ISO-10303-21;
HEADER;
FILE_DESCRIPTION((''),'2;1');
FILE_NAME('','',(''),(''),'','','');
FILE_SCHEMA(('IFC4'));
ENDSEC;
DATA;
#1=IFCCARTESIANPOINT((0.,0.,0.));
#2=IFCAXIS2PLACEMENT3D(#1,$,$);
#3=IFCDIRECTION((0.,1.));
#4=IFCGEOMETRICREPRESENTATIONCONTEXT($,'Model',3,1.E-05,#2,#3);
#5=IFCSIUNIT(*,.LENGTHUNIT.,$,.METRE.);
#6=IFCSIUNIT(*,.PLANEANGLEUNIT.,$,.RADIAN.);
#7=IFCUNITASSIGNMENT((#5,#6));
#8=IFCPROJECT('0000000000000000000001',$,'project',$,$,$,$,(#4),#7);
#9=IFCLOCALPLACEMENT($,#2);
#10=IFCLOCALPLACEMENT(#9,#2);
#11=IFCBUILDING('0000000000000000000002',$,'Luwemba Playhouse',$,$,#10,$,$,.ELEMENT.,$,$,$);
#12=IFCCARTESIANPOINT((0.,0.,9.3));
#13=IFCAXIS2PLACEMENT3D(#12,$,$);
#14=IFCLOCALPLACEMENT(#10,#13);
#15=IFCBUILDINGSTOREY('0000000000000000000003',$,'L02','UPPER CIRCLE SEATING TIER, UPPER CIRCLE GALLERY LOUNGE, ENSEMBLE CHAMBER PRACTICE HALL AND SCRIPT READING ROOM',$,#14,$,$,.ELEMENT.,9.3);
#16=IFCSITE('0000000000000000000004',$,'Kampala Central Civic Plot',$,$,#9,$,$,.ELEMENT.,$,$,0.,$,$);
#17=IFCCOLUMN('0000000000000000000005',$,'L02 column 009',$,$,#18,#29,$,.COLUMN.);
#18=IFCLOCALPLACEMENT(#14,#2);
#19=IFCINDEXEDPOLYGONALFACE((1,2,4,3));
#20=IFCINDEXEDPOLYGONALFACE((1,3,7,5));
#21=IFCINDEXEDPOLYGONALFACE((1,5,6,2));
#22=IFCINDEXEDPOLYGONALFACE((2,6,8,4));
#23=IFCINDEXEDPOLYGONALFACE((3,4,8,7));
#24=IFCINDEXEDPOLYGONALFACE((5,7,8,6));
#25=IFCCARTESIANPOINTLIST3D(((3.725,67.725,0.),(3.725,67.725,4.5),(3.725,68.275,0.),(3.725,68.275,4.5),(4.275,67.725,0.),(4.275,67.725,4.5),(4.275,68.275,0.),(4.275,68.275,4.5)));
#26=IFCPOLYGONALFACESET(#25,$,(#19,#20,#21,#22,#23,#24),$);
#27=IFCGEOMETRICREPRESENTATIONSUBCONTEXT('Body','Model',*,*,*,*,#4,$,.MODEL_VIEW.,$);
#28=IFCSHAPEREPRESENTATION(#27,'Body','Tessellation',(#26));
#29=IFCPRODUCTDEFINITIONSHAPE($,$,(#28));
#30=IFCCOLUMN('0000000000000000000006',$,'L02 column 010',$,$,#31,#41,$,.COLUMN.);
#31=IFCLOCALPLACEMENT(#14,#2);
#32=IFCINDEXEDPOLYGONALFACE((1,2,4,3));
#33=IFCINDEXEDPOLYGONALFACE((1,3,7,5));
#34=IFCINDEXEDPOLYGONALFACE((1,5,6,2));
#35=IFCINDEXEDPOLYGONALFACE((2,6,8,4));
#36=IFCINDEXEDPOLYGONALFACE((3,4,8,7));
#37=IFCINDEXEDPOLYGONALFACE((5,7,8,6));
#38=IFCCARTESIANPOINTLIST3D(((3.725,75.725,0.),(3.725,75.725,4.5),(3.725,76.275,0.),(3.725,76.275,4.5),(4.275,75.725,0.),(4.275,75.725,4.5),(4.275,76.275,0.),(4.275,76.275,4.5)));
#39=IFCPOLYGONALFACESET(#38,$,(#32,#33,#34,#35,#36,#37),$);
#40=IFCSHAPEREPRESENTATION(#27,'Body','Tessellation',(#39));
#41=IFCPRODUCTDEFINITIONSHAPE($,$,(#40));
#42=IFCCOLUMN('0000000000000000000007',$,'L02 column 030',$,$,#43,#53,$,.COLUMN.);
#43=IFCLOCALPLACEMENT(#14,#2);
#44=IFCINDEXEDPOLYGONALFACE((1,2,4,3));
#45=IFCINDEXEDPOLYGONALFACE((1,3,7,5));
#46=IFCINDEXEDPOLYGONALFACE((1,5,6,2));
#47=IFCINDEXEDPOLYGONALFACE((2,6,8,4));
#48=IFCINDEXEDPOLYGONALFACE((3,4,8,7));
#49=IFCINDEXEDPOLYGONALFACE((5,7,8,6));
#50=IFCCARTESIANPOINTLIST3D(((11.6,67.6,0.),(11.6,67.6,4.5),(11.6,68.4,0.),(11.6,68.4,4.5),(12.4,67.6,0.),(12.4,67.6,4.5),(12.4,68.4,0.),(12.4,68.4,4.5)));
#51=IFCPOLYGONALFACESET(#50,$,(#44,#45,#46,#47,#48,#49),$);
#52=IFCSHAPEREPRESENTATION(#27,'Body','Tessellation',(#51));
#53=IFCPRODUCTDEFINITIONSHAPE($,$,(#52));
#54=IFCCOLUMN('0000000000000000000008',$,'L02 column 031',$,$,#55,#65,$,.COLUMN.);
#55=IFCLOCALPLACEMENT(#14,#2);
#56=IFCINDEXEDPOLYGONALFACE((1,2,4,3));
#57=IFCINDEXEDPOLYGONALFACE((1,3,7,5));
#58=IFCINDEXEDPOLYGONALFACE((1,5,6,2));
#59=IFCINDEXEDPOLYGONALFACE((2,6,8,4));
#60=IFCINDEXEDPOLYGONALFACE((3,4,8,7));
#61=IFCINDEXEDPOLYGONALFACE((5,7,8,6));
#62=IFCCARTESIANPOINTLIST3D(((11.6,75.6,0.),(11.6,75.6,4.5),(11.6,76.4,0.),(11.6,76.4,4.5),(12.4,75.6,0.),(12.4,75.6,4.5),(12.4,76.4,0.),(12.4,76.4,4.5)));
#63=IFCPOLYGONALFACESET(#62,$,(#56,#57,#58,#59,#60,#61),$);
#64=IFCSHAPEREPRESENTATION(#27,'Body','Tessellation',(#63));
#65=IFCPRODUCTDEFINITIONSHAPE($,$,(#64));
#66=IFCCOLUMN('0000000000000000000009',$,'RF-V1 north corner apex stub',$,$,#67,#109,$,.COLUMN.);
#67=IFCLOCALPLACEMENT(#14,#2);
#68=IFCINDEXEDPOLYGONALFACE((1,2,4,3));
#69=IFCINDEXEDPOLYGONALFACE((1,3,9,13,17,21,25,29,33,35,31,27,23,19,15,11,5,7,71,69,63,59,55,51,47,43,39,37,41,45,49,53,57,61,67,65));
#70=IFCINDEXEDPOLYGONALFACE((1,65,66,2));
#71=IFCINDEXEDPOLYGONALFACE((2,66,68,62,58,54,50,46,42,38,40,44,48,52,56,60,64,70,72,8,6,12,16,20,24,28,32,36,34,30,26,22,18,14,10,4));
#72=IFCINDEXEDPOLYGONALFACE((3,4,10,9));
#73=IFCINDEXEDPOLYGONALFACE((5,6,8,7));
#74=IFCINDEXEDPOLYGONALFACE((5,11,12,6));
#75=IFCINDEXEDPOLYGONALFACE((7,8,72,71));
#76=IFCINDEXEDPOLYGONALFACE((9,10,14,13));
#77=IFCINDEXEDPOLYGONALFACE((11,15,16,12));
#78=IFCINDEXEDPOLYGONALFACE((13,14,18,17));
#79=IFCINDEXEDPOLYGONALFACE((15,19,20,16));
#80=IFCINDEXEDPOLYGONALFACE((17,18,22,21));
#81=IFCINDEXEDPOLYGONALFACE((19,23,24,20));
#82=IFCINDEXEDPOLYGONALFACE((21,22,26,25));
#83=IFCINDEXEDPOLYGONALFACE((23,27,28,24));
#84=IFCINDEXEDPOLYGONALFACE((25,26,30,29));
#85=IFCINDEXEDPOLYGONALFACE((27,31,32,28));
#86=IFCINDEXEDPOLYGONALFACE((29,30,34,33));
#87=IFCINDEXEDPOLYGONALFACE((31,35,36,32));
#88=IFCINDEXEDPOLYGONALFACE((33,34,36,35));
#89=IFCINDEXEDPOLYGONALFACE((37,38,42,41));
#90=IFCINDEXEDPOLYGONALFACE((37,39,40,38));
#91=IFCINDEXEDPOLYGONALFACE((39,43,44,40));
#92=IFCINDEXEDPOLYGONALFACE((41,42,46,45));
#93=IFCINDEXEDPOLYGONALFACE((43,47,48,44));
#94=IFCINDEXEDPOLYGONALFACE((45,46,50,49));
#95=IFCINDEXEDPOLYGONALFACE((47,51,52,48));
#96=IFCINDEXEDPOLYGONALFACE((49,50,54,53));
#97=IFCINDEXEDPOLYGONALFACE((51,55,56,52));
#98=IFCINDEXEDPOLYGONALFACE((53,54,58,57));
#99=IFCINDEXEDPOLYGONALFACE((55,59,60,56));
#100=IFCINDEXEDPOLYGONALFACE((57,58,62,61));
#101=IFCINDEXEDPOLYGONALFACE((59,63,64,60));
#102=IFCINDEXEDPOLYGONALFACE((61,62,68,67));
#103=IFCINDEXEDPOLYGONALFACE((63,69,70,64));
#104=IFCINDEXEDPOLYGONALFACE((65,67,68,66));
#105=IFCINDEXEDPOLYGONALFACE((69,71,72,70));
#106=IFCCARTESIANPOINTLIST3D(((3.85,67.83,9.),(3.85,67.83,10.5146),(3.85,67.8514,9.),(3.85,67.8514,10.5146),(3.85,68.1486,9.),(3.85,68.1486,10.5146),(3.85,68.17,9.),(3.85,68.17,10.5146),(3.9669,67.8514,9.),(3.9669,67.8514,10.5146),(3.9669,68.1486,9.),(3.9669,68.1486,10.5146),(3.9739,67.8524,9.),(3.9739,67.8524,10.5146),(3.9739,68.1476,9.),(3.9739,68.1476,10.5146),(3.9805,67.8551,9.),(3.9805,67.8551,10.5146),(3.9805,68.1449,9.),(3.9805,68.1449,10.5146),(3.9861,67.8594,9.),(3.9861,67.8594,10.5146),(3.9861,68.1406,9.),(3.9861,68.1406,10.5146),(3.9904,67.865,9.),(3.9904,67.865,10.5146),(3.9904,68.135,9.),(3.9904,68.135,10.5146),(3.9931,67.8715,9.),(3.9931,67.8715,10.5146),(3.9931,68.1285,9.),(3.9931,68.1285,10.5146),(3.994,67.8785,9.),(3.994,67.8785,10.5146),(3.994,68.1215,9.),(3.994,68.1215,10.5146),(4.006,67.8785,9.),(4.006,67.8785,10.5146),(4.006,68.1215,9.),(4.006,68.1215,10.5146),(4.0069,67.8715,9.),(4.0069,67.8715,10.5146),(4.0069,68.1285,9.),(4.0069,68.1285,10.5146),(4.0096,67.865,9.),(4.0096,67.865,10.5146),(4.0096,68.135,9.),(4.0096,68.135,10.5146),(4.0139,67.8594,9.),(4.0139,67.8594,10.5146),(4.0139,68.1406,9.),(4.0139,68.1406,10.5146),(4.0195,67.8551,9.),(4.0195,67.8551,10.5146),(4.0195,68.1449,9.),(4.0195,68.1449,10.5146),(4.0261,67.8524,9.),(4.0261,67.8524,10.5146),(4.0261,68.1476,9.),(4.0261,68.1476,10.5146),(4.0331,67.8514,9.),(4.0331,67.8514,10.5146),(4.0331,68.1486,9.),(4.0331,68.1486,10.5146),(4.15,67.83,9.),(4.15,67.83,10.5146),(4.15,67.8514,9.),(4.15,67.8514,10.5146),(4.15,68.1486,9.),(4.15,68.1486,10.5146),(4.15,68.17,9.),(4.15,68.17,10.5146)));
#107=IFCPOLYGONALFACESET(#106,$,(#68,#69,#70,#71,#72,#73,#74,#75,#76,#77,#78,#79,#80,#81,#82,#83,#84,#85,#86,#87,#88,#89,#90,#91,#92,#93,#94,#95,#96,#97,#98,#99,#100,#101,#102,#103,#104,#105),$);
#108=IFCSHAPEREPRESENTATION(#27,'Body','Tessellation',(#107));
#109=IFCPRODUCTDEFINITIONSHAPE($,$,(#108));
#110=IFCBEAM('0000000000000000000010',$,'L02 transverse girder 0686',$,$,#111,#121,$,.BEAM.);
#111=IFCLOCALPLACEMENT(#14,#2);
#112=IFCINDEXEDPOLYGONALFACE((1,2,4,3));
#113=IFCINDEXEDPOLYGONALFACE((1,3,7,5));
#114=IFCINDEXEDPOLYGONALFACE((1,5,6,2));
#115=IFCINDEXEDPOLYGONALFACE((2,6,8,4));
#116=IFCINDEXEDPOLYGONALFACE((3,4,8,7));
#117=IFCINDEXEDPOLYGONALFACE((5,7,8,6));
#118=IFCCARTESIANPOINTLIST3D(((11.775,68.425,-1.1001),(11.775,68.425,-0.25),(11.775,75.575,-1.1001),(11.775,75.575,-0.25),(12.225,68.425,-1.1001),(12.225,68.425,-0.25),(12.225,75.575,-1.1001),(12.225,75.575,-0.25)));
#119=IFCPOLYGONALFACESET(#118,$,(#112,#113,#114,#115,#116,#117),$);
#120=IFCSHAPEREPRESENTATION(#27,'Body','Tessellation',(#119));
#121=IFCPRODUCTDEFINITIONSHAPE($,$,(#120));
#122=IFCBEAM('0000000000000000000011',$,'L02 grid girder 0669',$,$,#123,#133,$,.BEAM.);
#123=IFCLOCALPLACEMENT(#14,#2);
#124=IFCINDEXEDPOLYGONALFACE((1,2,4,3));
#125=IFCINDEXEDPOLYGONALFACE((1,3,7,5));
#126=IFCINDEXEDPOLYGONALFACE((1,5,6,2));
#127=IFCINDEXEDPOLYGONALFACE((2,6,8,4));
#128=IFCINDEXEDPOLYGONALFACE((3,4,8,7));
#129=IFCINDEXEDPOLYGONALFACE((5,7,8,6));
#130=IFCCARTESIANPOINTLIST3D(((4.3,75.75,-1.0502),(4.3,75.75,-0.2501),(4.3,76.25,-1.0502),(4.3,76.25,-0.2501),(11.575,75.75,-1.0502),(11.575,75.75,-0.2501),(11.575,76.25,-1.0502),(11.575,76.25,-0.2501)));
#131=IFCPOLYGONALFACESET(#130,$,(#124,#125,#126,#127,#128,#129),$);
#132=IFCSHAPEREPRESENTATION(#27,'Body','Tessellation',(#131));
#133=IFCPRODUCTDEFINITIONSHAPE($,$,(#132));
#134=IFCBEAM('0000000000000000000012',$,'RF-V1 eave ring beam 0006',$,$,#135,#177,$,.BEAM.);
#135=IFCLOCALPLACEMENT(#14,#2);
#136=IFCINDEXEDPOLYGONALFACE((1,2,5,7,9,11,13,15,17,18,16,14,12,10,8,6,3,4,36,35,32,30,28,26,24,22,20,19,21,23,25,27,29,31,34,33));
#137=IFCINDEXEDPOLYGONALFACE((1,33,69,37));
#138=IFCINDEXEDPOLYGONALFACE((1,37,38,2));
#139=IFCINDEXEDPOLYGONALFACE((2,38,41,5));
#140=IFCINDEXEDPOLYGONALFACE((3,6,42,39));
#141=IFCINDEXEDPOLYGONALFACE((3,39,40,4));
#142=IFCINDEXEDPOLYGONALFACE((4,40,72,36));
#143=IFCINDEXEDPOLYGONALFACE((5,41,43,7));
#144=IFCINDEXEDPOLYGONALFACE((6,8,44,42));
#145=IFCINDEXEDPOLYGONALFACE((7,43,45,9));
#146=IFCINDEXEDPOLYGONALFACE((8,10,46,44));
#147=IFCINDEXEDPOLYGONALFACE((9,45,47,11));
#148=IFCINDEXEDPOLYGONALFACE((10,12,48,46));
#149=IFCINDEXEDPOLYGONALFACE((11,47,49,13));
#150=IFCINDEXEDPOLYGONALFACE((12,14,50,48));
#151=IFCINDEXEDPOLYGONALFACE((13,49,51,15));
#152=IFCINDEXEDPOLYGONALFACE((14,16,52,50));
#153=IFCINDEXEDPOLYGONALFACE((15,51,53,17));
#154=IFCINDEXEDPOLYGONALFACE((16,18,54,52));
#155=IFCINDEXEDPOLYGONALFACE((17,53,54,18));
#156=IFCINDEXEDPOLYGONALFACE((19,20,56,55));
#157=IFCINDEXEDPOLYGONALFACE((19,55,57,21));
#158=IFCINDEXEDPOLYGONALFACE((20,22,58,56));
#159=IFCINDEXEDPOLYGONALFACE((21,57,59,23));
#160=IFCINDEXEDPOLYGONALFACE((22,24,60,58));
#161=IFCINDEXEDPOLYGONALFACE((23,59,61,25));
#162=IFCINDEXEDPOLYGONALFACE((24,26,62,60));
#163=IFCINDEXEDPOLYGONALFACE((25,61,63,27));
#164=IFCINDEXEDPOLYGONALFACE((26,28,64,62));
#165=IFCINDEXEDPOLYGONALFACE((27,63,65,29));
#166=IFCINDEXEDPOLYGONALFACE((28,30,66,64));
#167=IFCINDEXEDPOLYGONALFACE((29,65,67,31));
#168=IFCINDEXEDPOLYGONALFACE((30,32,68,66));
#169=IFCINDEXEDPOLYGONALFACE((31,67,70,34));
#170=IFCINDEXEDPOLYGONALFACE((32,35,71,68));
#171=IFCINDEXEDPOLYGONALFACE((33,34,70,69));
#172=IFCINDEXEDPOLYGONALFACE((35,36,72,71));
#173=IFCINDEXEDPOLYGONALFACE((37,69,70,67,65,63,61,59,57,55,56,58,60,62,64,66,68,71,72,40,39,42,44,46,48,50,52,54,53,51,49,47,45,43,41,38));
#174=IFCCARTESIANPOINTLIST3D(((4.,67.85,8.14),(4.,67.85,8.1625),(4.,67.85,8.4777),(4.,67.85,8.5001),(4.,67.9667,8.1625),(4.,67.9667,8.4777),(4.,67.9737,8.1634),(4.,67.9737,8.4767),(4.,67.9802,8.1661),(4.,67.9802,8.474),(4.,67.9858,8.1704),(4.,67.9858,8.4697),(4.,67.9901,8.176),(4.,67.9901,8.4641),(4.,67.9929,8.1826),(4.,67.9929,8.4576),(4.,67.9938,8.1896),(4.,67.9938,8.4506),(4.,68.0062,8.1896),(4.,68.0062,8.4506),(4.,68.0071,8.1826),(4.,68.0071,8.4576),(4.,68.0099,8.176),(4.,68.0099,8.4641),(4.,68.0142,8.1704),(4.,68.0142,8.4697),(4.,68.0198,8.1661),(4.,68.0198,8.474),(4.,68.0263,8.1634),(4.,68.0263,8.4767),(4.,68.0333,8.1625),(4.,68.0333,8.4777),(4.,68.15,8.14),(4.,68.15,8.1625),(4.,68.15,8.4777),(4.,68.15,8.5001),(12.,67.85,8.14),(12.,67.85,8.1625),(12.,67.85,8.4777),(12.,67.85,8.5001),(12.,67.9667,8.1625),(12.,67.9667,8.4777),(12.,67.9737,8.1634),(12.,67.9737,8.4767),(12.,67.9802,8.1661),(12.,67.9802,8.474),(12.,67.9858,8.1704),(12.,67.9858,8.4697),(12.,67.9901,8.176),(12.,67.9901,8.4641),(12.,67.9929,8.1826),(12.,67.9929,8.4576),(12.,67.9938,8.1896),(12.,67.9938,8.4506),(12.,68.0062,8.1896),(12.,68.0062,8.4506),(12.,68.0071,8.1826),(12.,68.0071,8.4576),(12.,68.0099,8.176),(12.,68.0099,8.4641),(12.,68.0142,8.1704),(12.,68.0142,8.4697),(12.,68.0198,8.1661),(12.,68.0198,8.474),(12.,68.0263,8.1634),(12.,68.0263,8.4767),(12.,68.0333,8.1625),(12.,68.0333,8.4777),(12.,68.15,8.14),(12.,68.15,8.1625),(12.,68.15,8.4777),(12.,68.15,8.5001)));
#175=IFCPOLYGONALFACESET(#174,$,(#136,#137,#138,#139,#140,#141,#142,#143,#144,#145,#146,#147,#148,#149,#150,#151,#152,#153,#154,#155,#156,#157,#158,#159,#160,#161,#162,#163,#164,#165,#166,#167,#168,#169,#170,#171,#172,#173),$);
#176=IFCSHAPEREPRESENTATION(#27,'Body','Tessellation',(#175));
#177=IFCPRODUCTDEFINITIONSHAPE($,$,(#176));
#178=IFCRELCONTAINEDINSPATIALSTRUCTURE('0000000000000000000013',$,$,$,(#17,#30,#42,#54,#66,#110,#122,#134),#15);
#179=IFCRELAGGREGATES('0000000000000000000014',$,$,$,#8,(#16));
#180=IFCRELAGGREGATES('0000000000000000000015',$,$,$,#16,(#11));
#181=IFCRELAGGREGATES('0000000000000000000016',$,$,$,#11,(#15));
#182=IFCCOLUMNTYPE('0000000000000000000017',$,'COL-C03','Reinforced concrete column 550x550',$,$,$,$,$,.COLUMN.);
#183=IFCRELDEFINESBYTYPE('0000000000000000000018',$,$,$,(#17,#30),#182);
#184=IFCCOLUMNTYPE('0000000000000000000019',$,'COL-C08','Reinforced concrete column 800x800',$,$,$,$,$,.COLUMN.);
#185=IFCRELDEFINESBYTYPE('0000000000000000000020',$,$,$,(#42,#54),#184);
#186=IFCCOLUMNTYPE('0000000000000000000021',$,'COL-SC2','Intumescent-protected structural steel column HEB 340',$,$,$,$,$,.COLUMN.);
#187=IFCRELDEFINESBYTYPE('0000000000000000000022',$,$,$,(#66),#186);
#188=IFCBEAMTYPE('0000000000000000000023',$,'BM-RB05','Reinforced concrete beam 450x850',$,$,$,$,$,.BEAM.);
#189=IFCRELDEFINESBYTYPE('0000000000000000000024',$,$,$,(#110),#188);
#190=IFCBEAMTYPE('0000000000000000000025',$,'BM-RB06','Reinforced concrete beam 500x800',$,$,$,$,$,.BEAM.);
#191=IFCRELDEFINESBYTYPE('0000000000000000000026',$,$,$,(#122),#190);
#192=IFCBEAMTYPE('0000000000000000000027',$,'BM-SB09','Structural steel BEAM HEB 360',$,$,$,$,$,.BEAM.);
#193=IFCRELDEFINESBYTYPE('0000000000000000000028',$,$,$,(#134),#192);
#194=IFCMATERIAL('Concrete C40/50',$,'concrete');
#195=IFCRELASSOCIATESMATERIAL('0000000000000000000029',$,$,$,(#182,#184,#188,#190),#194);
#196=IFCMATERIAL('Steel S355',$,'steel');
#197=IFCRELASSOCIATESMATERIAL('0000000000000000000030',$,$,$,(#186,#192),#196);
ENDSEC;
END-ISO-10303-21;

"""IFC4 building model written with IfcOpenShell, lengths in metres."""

from ifc_helpers import new_model, si_unit, direction, frame, origin, origin_2d, place, context, subcontext, project, spatial, rectangle, i_section, extrude, material, material_profile, profile_set, type_object, element, save


model = new_model("IFC4")

# Units and contexts
model_context = context("Model", 3, precision=1e-05, world=origin(), true_north=direction((0.0, 1.0)))
body_context = subcontext(model_context, "Body", "Model", "MODEL_VIEW")
ifc_project = project(units=[si_unit("LENGTHUNIT", "METRE"), si_unit("PLANEANGLEUNIT", "RADIAN")], contexts=[model_context])

# Site, building, storey
site_placement = place(None, origin())
site = spatial("IfcSite", under=ifc_project, at=site_placement, Name="Kampala Central Civic Plot", CompositionType="ELEMENT", RefElevation=0.0)
building_placement = place(site_placement, origin())
building = spatial("IfcBuilding", under=site, at=building_placement, Name="Luwemba Playhouse", CompositionType="ELEMENT")
storey_placement = place(building_placement, frame((0.0, 0.0, 9.3)))
storey = spatial("IfcBuildingStorey", under=building, at=storey_placement, Name="L02", Description="UPPER CIRCLE SEATING TIER, UPPER CIRCLE GALLERY LOUNGE, ENSEMBLE CHAMBER PRACTICE HALL AND SCRIPT READING ROOM", CompositionType="ELEMENT", Elevation=9.3)

# Columns
ifc_material_1 = material(Name="Concrete C40/50", Category="concrete")
ifc_material_profile_1 = material_profile(ifc_material_1, rectangle(XDim=0.55, YDim=0.55, at=origin_2d()))
ifc_profile_set_1 = profile_set([ifc_material_profile_1], Name="Concrete C40/50")
column_type_1 = type_object("IfcColumnType", Name="COL-C03", Description="Reinforced concrete column 550x550", PredefinedType="COLUMN", material=ifc_profile_set_1)
for number, where, z_axis, x_axis, name in (
    (1, (4.0, 68.0, 0.0), (0.0, 0.0, 1.0), (1.0, 0.0, 0.0), "L02 column 009"),
    (2, (4.0, 76.0, 0.0), (0.0, 0.0, 1.0), (1.0, 0.0, 0.0), "L02 column 010"),
):
    element("IfcColumn", number, at=place(storey_placement, frame(where, z_axis=z_axis, x_axis=x_axis)), inside=storey, type_object=column_type_1, Name=name, PredefinedType="COLUMN", context=body_context, shape_type="SweptSolid", body=[
        extrude(rectangle(XDim=0.55, YDim=0.55, at=origin_2d()), origin(), (0.0, 0.0, 1.0), 4.5),
    ])
ifc_material_profile_2 = material_profile(ifc_material_1, rectangle(XDim=0.8, YDim=0.8, at=origin_2d()))
ifc_profile_set_2 = profile_set([ifc_material_profile_2], Name="Concrete C40/50")
column_type_2 = type_object("IfcColumnType", Name="COL-C08", Description="Reinforced concrete column 800x800", PredefinedType="COLUMN", material=ifc_profile_set_2)
for number, where, z_axis, x_axis, name in (
    (3, (12.0, 68.0, 0.0), (0.0, 0.0, 1.0), (1.0, 0.0, 0.0), "L02 column 030"),
    (4, (12.0, 76.0, 0.0), (0.0, 0.0, 1.0), (1.0, 0.0, 0.0), "L02 column 031"),
):
    element("IfcColumn", number, at=place(storey_placement, frame(where, z_axis=z_axis, x_axis=x_axis)), inside=storey, type_object=column_type_2, Name=name, PredefinedType="COLUMN", context=body_context, shape_type="SweptSolid", body=[
        extrude(rectangle(XDim=0.8, YDim=0.8, at=origin_2d()), origin(), (0.0, 0.0, 1.0), 4.5),
    ])
ifc_material_2 = material(Name="Steel S355", Category="steel")
ifc_material_profile_3 = material_profile(ifc_material_2, i_section(OverallWidth=0.3, OverallDepth=0.3401, WebThickness=0.012, FlangeThickness=0.0215, FilletRadius=0.0271, at=origin_2d()))
ifc_profile_set_3 = profile_set([ifc_material_profile_3], Name="Steel S355")
column_type_3 = type_object("IfcColumnType", Name="COL-SC2", Description="Intumescent-protected structural steel column HEB 340", PredefinedType="COLUMN", material=ifc_profile_set_3)
column_placement = place(storey_placement, frame((4.0, 68.0, 9.0), z_axis=(0.0, 0.0, 1.0), x_axis=(1.0, 0.0, 0.0)))
element("IfcColumn", 5, at=column_placement, inside=storey, type_object=column_type_3, Name="RF-V1 north corner apex stub", PredefinedType="COLUMN", context=body_context, shape_type="SweptSolid", body=[
    extrude(i_section(OverallWidth=0.3, OverallDepth=0.3401, WebThickness=0.012, FlangeThickness=0.0215, FilletRadius=0.0271, at=origin_2d()), origin(), (0.0, 0.0, 1.0), 1.5146),
])

# Beams
ifc_material_profile_4 = material_profile(ifc_material_1, rectangle(XDim=0.45, YDim=0.8501, at=origin_2d()))
ifc_profile_set_4 = profile_set([ifc_material_profile_4], Name="Concrete C40/50")
beam_type_1 = type_object("IfcBeamType", Name="BM-RB05", Description="Reinforced concrete beam 450x850", PredefinedType="BEAM", material=ifc_profile_set_4)
beam_1_placement = place(storey_placement, frame((12.0, 68.425, -0.675), z_axis=(0.0, 1.0, 0.0), x_axis=(-1.0, 0.0, 0.0)))
element("IfcBeam", 6, at=beam_1_placement, inside=storey, type_object=beam_type_1, Name="L02 transverse girder 0686", PredefinedType="BEAM", context=body_context, shape_type="SweptSolid", body=[
    extrude(rectangle(XDim=0.45, YDim=0.8501, at=origin_2d()), origin(), (0.0, 0.0, 1.0), 7.1499),
])
ifc_material_profile_5 = material_profile(ifc_material_1, rectangle(XDim=0.5, YDim=0.8, at=origin_2d()))
ifc_profile_set_5 = profile_set([ifc_material_profile_5], Name="Concrete C40/50")
beam_type_2 = type_object("IfcBeamType", Name="BM-RB06", Description="Reinforced concrete beam 500x800", PredefinedType="BEAM", material=ifc_profile_set_5)
beam_2_placement = place(storey_placement, frame((4.3, 76.0, -0.6501), z_axis=(1.0, 0.0, 0.0), x_axis=(0.0, 1.0, 0.0)))
element("IfcBeam", 7, at=beam_2_placement, inside=storey, type_object=beam_type_2, Name="L02 grid girder 0669", PredefinedType="BEAM", context=body_context, shape_type="SweptSolid", body=[
    extrude(rectangle(XDim=0.5, YDim=0.8, at=origin_2d()), origin(), (0.0, 0.0, 1.0), 7.2749),
])
ifc_material_profile_6 = material_profile(ifc_material_2, i_section(OverallWidth=0.3, OverallDepth=0.3601, WebThickness=0.0125, FlangeThickness=0.0225, FilletRadius=0.0271, at=origin_2d()))
ifc_profile_set_6 = profile_set([ifc_material_profile_6], Name="Steel S355")
beam_type_3 = type_object("IfcBeamType", Name="BM-SB09", Description="Structural steel BEAM HEB 360", PredefinedType="BEAM", material=ifc_profile_set_6)
for number, where, z_axis, x_axis, name in (
    (8, (4.0, 68.0, 8.3201), (1.0, 0.0, 0.0), (0.0, 1.0, 0.0), "RF-V1 eave ring beam 0006"),
):
    element("IfcBeam", number, at=place(storey_placement, frame(where, z_axis=z_axis, x_axis=x_axis)), inside=storey, type_object=beam_type_3, Name=name, PredefinedType="BEAM", context=body_context, shape_type="SweptSolid", body=[
        extrude(i_section(OverallWidth=0.3, OverallDepth=0.3601, WebThickness=0.0125, FlangeThickness=0.0225, FilletRadius=0.0271, at=origin_2d()), origin(), (0.0, 0.0, 1.0), 8.0),
    ])

save(model, "model.ifc")
